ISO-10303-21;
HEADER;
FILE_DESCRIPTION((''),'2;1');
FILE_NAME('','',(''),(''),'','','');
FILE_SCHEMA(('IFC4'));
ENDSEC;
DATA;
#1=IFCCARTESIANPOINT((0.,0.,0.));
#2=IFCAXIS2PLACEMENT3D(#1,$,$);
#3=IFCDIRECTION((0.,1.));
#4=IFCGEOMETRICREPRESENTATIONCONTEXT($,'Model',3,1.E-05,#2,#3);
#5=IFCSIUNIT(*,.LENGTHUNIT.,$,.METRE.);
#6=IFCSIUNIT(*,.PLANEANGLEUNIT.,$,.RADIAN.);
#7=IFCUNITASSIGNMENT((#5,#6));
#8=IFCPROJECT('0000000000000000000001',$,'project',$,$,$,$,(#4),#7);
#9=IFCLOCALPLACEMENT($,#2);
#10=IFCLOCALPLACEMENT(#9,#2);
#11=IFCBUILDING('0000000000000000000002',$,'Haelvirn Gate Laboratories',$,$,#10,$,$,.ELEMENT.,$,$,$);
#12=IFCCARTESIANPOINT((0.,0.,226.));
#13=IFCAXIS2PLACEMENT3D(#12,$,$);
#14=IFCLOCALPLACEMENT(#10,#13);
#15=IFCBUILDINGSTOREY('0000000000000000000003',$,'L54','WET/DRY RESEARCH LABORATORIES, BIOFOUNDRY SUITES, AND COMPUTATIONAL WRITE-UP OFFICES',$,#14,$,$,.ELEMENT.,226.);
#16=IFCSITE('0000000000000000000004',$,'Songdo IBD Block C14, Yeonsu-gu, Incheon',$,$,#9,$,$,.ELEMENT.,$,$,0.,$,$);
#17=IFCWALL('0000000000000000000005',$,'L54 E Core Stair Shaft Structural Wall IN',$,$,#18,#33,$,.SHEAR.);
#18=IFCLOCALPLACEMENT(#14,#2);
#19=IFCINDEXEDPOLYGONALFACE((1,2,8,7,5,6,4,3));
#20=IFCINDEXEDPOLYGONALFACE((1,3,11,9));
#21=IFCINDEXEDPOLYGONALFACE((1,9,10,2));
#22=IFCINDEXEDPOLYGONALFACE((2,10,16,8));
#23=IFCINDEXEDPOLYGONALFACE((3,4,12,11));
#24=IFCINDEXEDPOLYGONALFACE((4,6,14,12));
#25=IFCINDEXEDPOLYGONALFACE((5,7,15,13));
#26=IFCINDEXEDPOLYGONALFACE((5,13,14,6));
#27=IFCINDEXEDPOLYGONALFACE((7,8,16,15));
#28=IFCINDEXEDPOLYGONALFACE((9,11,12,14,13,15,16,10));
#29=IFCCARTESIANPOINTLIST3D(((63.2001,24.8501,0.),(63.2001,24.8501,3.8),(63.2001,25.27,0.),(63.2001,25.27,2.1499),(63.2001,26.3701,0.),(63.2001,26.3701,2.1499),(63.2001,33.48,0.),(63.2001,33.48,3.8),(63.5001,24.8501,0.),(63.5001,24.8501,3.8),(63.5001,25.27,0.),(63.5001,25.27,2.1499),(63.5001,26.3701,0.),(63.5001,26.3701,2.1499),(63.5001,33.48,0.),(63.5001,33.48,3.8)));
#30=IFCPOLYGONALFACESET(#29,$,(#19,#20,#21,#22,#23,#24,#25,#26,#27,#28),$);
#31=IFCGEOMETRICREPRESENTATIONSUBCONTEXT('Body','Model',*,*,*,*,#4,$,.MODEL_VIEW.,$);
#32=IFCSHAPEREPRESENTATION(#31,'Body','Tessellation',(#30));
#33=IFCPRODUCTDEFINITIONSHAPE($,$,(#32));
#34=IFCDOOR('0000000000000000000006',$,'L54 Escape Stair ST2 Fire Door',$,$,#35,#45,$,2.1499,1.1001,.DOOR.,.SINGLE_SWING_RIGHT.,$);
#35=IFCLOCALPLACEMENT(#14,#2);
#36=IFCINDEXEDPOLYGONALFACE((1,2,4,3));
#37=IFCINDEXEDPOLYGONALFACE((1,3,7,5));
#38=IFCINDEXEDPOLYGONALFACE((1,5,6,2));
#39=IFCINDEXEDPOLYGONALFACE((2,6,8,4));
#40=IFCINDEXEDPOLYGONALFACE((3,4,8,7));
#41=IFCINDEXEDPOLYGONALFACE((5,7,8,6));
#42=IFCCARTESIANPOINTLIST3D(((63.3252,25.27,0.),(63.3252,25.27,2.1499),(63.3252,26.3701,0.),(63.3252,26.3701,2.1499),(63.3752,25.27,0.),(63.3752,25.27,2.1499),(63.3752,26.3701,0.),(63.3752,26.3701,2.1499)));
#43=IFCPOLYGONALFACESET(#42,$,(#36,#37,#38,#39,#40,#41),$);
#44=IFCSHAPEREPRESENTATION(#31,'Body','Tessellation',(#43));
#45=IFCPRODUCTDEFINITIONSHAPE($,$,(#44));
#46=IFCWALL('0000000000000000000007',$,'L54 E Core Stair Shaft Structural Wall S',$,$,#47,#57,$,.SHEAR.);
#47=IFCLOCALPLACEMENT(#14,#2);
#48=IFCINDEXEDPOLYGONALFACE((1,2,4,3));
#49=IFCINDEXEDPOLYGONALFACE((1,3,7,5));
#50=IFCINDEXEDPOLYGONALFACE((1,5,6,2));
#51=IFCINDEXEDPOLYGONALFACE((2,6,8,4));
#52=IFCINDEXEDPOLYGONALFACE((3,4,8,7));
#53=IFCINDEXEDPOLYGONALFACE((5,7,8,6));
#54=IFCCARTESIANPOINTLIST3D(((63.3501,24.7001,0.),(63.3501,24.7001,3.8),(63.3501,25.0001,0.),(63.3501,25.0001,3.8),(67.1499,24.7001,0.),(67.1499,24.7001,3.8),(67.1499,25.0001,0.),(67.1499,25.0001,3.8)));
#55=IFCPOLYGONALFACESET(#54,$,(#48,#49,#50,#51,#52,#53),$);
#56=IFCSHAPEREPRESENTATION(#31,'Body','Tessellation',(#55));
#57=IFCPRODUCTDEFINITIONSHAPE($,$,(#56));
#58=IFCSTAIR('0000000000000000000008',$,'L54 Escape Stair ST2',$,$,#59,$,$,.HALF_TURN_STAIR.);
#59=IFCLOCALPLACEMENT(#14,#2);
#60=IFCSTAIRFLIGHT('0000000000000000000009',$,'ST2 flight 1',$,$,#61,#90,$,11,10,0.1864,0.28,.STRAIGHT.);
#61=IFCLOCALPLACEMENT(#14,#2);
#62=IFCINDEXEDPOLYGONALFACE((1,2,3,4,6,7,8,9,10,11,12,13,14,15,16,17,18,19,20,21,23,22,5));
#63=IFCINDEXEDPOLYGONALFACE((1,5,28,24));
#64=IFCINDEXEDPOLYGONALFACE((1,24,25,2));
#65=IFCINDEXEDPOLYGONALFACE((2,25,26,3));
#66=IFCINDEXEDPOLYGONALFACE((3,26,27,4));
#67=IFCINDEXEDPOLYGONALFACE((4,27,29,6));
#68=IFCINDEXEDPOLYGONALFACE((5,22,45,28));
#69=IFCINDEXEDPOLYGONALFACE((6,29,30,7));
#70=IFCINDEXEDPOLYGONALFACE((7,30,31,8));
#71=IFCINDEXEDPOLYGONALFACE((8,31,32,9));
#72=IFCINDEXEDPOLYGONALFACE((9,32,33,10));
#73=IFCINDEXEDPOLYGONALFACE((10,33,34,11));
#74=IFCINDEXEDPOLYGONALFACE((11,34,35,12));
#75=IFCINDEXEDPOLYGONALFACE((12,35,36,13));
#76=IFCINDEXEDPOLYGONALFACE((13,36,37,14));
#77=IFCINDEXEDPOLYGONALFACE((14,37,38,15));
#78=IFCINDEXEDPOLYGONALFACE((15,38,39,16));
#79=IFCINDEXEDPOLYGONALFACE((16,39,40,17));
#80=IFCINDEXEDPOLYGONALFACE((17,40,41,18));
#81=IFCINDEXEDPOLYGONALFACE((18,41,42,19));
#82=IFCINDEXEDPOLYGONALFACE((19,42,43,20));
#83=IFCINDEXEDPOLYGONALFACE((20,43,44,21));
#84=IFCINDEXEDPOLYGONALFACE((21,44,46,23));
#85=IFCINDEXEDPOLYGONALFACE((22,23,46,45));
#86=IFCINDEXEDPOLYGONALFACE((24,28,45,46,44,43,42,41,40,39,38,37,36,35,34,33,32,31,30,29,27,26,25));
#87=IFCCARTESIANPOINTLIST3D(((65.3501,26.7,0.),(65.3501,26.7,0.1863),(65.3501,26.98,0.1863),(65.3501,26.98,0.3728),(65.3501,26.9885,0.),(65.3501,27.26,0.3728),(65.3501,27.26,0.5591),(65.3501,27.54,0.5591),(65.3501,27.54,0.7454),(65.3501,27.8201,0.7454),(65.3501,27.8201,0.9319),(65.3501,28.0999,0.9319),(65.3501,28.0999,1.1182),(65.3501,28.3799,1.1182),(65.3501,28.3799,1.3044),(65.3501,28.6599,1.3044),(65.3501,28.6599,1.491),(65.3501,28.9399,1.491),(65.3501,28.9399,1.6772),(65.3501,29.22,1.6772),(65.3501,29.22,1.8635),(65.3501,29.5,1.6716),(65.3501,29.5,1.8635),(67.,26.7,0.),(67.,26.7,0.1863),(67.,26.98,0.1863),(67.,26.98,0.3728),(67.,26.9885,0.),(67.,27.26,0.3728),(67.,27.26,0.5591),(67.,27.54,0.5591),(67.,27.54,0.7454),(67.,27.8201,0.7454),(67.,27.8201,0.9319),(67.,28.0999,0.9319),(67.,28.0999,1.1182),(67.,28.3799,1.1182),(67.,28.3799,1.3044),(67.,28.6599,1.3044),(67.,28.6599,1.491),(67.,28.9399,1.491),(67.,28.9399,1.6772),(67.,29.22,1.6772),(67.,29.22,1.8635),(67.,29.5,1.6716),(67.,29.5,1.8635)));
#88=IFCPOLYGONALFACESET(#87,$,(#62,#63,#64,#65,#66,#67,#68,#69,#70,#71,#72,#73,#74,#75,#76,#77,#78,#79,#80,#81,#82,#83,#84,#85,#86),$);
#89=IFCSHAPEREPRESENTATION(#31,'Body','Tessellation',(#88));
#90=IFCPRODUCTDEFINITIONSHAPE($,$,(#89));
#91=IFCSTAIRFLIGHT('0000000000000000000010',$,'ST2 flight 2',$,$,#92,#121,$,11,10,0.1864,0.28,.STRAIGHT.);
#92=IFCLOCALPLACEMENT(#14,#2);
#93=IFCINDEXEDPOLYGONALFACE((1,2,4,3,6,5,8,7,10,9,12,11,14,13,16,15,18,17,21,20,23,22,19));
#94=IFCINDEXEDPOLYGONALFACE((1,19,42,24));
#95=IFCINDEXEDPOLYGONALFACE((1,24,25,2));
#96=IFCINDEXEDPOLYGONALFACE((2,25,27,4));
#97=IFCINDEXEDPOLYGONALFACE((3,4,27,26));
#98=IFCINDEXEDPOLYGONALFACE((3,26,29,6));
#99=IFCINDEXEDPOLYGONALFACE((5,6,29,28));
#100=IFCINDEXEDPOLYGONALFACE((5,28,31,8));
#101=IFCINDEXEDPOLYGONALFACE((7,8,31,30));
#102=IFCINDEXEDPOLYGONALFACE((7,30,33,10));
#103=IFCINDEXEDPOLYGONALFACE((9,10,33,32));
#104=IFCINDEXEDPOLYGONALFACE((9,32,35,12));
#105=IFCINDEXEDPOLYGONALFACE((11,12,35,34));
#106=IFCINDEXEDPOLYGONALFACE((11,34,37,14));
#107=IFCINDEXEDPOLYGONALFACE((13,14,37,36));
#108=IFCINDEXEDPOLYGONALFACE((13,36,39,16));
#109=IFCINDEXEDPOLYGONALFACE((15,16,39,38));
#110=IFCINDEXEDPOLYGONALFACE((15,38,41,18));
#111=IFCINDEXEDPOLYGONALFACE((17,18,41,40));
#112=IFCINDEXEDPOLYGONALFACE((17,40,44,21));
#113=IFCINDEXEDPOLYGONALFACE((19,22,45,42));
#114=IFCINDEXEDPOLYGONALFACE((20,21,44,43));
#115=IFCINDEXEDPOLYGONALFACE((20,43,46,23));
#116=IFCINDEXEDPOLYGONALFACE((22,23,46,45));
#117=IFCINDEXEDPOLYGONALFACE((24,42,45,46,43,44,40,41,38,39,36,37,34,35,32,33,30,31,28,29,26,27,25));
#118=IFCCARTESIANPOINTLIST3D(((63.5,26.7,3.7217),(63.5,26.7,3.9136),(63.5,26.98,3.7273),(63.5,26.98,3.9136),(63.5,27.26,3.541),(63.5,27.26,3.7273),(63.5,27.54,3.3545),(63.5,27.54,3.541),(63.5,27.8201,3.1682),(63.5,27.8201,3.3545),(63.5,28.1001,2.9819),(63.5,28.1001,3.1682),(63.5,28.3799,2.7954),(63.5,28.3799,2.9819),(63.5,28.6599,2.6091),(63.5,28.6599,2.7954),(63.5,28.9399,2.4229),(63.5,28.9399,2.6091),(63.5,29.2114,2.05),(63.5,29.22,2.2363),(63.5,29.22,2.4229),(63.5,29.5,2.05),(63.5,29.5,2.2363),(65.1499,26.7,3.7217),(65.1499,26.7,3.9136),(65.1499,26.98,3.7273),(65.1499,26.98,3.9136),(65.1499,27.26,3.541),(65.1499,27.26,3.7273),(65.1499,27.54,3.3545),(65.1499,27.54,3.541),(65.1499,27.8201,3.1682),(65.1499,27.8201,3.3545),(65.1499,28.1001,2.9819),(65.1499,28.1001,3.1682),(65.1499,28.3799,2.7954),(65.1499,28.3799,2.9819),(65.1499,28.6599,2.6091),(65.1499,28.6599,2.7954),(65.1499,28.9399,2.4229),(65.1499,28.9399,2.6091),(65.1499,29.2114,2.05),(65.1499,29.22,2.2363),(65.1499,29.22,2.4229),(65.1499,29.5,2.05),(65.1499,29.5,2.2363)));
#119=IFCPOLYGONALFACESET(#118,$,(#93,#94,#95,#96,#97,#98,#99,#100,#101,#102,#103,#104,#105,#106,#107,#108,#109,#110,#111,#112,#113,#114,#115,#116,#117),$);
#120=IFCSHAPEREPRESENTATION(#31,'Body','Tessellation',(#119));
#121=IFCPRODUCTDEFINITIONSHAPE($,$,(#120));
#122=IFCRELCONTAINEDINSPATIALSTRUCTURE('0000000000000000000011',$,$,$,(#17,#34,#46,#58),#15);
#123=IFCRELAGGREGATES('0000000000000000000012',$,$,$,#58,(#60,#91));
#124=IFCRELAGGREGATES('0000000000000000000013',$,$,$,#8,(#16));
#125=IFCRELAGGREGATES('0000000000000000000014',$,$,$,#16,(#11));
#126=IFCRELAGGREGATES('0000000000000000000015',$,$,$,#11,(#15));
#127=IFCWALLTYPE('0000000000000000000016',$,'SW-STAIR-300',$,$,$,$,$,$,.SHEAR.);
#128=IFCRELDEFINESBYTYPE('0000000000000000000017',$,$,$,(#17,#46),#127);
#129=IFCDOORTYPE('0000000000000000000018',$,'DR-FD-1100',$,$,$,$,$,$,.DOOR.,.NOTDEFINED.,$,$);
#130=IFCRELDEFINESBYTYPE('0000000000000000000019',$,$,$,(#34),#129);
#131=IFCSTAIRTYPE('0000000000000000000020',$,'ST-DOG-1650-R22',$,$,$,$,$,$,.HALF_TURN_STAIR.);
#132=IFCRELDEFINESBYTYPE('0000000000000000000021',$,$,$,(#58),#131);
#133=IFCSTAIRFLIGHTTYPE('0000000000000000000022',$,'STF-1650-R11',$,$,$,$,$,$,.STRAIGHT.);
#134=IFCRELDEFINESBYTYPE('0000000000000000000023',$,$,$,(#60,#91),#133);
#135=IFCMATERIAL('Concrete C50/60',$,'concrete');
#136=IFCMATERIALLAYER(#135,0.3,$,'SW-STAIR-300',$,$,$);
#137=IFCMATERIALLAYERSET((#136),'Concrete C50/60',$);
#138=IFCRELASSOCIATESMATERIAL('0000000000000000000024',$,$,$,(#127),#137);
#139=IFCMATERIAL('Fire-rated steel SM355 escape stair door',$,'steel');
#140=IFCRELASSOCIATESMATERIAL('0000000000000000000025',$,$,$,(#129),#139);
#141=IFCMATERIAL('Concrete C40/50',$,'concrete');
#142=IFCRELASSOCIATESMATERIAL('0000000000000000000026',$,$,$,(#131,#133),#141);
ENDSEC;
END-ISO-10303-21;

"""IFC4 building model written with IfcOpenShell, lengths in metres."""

from ifc_helpers import new_model, si_unit, direction, frame, frame_2d, origin, place, context, subcontext, project, spatial, polyline, rectangle, outline, extrude, source, transform, mapped, material, layer, layer_set, type_object, type_shapes, element, fill, aggregate, save


model = new_model("IFC4")

# Units and contexts
model_context = context("Model", 3, precision=1e-05, world=origin(), true_north=direction((0.0, 1.0)))
body_context = subcontext(model_context, "Body", "Model", "MODEL_VIEW")
ifc_project = project(units=[si_unit("LENGTHUNIT", "METRE"), si_unit("PLANEANGLEUNIT", "RADIAN")], contexts=[model_context])

# Site, building, storey
site_placement = place(None, origin())
site = spatial("IfcSite", under=ifc_project, at=site_placement, Name="Songdo IBD Block C14, Yeonsu-gu, Incheon", CompositionType="ELEMENT", RefElevation=0.0)
building_placement = place(site_placement, origin())
building = spatial("IfcBuilding", under=site, at=building_placement, Name="Haelvirn Gate Laboratories", CompositionType="ELEMENT")
storey_placement = place(building_placement, frame((0.0, 0.0, 226.0)))
storey = spatial("IfcBuildingStorey", under=building, at=storey_placement, Name="L54", Description="WET/DRY RESEARCH LABORATORIES, BIOFOUNDRY SUITES, AND COMPUTATIONAL WRITE-UP OFFICES", CompositionType="ELEMENT", Elevation=226.0)

# Shared definitions
ifc_material_1 = material(Name="Concrete C40/50", Category="concrete")

# Shared definitions
ifc_material_2 = material(Name="Concrete C50/60", Category="concrete")

# Wall, opening, door
ifc_layer_1 = layer(ifc_material_2, 0.3, Name="SW-STAIR-300")
ifc_layer_set_1 = layer_set([ifc_layer_1], Name="Concrete C50/60")
wall_type_1 = type_object("IfcWallType", Name="SW-STAIR-300", PredefinedType="SHEAR", material=ifc_layer_set_1)
wall_1_placement = place(storey_placement, frame((63.3501, 24.8501, 0.0), z_axis=(0.0, 0.0, 1.0), x_axis=(0.0, 1.0, 0.0)))
wall_1 = element("IfcWall", 1, at=wall_1_placement, inside=storey, type_object=wall_type_1, Name="L54 E Core Stair Shaft Structural Wall IN", PredefinedType="SHEAR", context=body_context, shape_type="SweptSolid", body=[
    extrude(rectangle(XDim=8.6299, YDim=0.3, at=frame_2d((4.3149, 0.0))), origin(), (0.0, 0.0, 1.0), 3.8),
])
opening_1_placement = place(wall_1_placement, frame((0.4199, 0.0, 0.0)))
opening_1 = element("IfcOpeningElement", 2, at=opening_1_placement, cuts=wall_1, PredefinedType="OPENING", context=body_context, shape_type="SweptSolid", body=[
    extrude(rectangle(XDim=1.1001, YDim=2.1499, at=frame_2d((0.55, 1.075))), frame((0.0, 0.1602, 0.0), z_axis=(0.0, -1.0, 0.0), x_axis=(1.0, 0.0, 0.0)), (0.0, 0.0, 1.0), 0.3201),
])
ifc_material_3 = material(Name="Fire-rated steel SM355 escape stair door", Category="steel")
door_type_1 = type_object("IfcDoorType", Name="DR-FD-1100", OperationType="NOTDEFINED", PredefinedType="DOOR", material=ifc_material_3)
shared_shape_1 = source(origin(), body_context, "Body", "SweptSolid", [
    extrude(rectangle(XDim=1.1001, YDim=2.1499, at=frame_2d((0.55, 1.075))), frame((0.0, 0.0249, 0.0), z_axis=(0.0, -1.0, 0.0), x_axis=(1.0, 0.0, 0.0)), (0.0, 0.0, 1.0), 0.05),
])
type_shapes(door_type_1, [shared_shape_1])
door_1_placement = place(opening_1_placement, origin())
door_1 = element("IfcDoor", 3, at=door_1_placement, inside=storey, type_object=door_type_1, Name="L54 Escape Stair ST2 Fire Door", OperationType="SINGLE_SWING_RIGHT", OverallHeight=2.1499, OverallWidth=1.1001, PredefinedType="DOOR", context=body_context, shape_type="MappedRepresentation", body=[
    mapped(shared_shape_1, transform((0.0, 0.0, 0.0), scale=1.0)),
])
fill(opening_1, door_1)

# Wall
wall_2_placement = place(storey_placement, frame((63.3501, 24.8501, 0.0), z_axis=(0.0, 0.0, 1.0), x_axis=(1.0, 0.0, 0.0)))
element("IfcWall", 4, at=wall_2_placement, inside=storey, type_object=wall_type_1, Name="L54 E Core Stair Shaft Structural Wall S", PredefinedType="SHEAR", context=body_context, shape_type="SweptSolid", body=[
    extrude(rectangle(XDim=3.7998, YDim=0.3, at=frame_2d((1.8999, 0.0))), origin(), (0.0, 0.0, 1.0), 3.8),
])

# Stair, stair flights
stair_type = type_object("IfcStairType", Name="ST-DOG-1650-R22", PredefinedType="HALF_TURN_STAIR", material=ifc_material_1)
stair_placement = place(storey_placement, origin())
stair = element("IfcStair", 5, at=stair_placement, inside=storey, type_object=stair_type, Name="L54 Escape Stair ST2", PredefinedType="HALF_TURN_STAIR")
stair_flight_type = type_object("IfcStairFlightType", Name="STF-1650-R11", PredefinedType="STRAIGHT", material=ifc_material_1)
shared_shape_2 = source(origin(), body_context, "Body", "SweptSolid", [
    extrude(outline(polyline([(0.0, 0.0), (0.0, 0.1863), (0.28, 0.1863), (0.28, 0.3728), (0.5601, 0.3728), (0.5601, 0.5591), (0.8401, 0.5591), (0.8401, 0.7454), (1.1201, 0.7454), (1.1201, 0.9319), (1.3999, 0.9319), (1.3999, 1.1182), (1.6799, 1.1182), (1.6799, 1.3044), (1.96, 1.3044), (1.96, 1.491), (2.24, 1.491), (2.24, 1.6772), (2.52, 1.6772), (2.52, 1.8635), (2.8, 1.8635), (2.8, 2.05), (2.8, 1.6716), (0.2886, 0.0), (0.0, 0.0)])), frame((0.0, 0.825, 0.0), z_axis=(0.0, -1.0, 0.0), x_axis=(1.0, 0.0, 0.0)), (0.0, 0.0, 1.0), 1.6499),
])
type_shapes(stair_flight_type, [shared_shape_2])
stair_flight_1_placement = place(storey_placement, frame((66.175, 26.7, 0.0), z_axis=(0.0, 0.0, 1.0), x_axis=(0.0, 1.0, 0.0)))
stair_flight_1 = element("IfcStairFlight", 6, at=stair_flight_1_placement, type_object=stair_flight_type, Name="ST2 flight 1", NumberOfRisers=11, NumberOfTreads=10, PredefinedType="STRAIGHT", RiserHeight=0.1864, TreadLength=0.28, context=body_context, shape_type="MappedRepresentation", body=[
    mapped(shared_shape_2, transform((0.0, 0.0, 0.0), scale=1.0)),
])
stair_flight_2_placement = place(storey_placement, frame((64.325, 29.5, 2.05), z_axis=(0.0, 0.0, 1.0), x_axis=(0.0, -1.0, 0.0)))
stair_flight_2 = element("IfcStairFlight", 7, at=stair_flight_2_placement, type_object=stair_flight_type, Name="ST2 flight 2", NumberOfRisers=11, NumberOfTreads=10, PredefinedType="STRAIGHT", RiserHeight=0.1864, TreadLength=0.28, context=body_context, shape_type="MappedRepresentation", body=[
    mapped(shared_shape_2, transform((0.0, 0.0, 0.0), scale=1.0)),
])
aggregate(stair, [stair_flight_1, stair_flight_2])

save(model, "model.ifc")
